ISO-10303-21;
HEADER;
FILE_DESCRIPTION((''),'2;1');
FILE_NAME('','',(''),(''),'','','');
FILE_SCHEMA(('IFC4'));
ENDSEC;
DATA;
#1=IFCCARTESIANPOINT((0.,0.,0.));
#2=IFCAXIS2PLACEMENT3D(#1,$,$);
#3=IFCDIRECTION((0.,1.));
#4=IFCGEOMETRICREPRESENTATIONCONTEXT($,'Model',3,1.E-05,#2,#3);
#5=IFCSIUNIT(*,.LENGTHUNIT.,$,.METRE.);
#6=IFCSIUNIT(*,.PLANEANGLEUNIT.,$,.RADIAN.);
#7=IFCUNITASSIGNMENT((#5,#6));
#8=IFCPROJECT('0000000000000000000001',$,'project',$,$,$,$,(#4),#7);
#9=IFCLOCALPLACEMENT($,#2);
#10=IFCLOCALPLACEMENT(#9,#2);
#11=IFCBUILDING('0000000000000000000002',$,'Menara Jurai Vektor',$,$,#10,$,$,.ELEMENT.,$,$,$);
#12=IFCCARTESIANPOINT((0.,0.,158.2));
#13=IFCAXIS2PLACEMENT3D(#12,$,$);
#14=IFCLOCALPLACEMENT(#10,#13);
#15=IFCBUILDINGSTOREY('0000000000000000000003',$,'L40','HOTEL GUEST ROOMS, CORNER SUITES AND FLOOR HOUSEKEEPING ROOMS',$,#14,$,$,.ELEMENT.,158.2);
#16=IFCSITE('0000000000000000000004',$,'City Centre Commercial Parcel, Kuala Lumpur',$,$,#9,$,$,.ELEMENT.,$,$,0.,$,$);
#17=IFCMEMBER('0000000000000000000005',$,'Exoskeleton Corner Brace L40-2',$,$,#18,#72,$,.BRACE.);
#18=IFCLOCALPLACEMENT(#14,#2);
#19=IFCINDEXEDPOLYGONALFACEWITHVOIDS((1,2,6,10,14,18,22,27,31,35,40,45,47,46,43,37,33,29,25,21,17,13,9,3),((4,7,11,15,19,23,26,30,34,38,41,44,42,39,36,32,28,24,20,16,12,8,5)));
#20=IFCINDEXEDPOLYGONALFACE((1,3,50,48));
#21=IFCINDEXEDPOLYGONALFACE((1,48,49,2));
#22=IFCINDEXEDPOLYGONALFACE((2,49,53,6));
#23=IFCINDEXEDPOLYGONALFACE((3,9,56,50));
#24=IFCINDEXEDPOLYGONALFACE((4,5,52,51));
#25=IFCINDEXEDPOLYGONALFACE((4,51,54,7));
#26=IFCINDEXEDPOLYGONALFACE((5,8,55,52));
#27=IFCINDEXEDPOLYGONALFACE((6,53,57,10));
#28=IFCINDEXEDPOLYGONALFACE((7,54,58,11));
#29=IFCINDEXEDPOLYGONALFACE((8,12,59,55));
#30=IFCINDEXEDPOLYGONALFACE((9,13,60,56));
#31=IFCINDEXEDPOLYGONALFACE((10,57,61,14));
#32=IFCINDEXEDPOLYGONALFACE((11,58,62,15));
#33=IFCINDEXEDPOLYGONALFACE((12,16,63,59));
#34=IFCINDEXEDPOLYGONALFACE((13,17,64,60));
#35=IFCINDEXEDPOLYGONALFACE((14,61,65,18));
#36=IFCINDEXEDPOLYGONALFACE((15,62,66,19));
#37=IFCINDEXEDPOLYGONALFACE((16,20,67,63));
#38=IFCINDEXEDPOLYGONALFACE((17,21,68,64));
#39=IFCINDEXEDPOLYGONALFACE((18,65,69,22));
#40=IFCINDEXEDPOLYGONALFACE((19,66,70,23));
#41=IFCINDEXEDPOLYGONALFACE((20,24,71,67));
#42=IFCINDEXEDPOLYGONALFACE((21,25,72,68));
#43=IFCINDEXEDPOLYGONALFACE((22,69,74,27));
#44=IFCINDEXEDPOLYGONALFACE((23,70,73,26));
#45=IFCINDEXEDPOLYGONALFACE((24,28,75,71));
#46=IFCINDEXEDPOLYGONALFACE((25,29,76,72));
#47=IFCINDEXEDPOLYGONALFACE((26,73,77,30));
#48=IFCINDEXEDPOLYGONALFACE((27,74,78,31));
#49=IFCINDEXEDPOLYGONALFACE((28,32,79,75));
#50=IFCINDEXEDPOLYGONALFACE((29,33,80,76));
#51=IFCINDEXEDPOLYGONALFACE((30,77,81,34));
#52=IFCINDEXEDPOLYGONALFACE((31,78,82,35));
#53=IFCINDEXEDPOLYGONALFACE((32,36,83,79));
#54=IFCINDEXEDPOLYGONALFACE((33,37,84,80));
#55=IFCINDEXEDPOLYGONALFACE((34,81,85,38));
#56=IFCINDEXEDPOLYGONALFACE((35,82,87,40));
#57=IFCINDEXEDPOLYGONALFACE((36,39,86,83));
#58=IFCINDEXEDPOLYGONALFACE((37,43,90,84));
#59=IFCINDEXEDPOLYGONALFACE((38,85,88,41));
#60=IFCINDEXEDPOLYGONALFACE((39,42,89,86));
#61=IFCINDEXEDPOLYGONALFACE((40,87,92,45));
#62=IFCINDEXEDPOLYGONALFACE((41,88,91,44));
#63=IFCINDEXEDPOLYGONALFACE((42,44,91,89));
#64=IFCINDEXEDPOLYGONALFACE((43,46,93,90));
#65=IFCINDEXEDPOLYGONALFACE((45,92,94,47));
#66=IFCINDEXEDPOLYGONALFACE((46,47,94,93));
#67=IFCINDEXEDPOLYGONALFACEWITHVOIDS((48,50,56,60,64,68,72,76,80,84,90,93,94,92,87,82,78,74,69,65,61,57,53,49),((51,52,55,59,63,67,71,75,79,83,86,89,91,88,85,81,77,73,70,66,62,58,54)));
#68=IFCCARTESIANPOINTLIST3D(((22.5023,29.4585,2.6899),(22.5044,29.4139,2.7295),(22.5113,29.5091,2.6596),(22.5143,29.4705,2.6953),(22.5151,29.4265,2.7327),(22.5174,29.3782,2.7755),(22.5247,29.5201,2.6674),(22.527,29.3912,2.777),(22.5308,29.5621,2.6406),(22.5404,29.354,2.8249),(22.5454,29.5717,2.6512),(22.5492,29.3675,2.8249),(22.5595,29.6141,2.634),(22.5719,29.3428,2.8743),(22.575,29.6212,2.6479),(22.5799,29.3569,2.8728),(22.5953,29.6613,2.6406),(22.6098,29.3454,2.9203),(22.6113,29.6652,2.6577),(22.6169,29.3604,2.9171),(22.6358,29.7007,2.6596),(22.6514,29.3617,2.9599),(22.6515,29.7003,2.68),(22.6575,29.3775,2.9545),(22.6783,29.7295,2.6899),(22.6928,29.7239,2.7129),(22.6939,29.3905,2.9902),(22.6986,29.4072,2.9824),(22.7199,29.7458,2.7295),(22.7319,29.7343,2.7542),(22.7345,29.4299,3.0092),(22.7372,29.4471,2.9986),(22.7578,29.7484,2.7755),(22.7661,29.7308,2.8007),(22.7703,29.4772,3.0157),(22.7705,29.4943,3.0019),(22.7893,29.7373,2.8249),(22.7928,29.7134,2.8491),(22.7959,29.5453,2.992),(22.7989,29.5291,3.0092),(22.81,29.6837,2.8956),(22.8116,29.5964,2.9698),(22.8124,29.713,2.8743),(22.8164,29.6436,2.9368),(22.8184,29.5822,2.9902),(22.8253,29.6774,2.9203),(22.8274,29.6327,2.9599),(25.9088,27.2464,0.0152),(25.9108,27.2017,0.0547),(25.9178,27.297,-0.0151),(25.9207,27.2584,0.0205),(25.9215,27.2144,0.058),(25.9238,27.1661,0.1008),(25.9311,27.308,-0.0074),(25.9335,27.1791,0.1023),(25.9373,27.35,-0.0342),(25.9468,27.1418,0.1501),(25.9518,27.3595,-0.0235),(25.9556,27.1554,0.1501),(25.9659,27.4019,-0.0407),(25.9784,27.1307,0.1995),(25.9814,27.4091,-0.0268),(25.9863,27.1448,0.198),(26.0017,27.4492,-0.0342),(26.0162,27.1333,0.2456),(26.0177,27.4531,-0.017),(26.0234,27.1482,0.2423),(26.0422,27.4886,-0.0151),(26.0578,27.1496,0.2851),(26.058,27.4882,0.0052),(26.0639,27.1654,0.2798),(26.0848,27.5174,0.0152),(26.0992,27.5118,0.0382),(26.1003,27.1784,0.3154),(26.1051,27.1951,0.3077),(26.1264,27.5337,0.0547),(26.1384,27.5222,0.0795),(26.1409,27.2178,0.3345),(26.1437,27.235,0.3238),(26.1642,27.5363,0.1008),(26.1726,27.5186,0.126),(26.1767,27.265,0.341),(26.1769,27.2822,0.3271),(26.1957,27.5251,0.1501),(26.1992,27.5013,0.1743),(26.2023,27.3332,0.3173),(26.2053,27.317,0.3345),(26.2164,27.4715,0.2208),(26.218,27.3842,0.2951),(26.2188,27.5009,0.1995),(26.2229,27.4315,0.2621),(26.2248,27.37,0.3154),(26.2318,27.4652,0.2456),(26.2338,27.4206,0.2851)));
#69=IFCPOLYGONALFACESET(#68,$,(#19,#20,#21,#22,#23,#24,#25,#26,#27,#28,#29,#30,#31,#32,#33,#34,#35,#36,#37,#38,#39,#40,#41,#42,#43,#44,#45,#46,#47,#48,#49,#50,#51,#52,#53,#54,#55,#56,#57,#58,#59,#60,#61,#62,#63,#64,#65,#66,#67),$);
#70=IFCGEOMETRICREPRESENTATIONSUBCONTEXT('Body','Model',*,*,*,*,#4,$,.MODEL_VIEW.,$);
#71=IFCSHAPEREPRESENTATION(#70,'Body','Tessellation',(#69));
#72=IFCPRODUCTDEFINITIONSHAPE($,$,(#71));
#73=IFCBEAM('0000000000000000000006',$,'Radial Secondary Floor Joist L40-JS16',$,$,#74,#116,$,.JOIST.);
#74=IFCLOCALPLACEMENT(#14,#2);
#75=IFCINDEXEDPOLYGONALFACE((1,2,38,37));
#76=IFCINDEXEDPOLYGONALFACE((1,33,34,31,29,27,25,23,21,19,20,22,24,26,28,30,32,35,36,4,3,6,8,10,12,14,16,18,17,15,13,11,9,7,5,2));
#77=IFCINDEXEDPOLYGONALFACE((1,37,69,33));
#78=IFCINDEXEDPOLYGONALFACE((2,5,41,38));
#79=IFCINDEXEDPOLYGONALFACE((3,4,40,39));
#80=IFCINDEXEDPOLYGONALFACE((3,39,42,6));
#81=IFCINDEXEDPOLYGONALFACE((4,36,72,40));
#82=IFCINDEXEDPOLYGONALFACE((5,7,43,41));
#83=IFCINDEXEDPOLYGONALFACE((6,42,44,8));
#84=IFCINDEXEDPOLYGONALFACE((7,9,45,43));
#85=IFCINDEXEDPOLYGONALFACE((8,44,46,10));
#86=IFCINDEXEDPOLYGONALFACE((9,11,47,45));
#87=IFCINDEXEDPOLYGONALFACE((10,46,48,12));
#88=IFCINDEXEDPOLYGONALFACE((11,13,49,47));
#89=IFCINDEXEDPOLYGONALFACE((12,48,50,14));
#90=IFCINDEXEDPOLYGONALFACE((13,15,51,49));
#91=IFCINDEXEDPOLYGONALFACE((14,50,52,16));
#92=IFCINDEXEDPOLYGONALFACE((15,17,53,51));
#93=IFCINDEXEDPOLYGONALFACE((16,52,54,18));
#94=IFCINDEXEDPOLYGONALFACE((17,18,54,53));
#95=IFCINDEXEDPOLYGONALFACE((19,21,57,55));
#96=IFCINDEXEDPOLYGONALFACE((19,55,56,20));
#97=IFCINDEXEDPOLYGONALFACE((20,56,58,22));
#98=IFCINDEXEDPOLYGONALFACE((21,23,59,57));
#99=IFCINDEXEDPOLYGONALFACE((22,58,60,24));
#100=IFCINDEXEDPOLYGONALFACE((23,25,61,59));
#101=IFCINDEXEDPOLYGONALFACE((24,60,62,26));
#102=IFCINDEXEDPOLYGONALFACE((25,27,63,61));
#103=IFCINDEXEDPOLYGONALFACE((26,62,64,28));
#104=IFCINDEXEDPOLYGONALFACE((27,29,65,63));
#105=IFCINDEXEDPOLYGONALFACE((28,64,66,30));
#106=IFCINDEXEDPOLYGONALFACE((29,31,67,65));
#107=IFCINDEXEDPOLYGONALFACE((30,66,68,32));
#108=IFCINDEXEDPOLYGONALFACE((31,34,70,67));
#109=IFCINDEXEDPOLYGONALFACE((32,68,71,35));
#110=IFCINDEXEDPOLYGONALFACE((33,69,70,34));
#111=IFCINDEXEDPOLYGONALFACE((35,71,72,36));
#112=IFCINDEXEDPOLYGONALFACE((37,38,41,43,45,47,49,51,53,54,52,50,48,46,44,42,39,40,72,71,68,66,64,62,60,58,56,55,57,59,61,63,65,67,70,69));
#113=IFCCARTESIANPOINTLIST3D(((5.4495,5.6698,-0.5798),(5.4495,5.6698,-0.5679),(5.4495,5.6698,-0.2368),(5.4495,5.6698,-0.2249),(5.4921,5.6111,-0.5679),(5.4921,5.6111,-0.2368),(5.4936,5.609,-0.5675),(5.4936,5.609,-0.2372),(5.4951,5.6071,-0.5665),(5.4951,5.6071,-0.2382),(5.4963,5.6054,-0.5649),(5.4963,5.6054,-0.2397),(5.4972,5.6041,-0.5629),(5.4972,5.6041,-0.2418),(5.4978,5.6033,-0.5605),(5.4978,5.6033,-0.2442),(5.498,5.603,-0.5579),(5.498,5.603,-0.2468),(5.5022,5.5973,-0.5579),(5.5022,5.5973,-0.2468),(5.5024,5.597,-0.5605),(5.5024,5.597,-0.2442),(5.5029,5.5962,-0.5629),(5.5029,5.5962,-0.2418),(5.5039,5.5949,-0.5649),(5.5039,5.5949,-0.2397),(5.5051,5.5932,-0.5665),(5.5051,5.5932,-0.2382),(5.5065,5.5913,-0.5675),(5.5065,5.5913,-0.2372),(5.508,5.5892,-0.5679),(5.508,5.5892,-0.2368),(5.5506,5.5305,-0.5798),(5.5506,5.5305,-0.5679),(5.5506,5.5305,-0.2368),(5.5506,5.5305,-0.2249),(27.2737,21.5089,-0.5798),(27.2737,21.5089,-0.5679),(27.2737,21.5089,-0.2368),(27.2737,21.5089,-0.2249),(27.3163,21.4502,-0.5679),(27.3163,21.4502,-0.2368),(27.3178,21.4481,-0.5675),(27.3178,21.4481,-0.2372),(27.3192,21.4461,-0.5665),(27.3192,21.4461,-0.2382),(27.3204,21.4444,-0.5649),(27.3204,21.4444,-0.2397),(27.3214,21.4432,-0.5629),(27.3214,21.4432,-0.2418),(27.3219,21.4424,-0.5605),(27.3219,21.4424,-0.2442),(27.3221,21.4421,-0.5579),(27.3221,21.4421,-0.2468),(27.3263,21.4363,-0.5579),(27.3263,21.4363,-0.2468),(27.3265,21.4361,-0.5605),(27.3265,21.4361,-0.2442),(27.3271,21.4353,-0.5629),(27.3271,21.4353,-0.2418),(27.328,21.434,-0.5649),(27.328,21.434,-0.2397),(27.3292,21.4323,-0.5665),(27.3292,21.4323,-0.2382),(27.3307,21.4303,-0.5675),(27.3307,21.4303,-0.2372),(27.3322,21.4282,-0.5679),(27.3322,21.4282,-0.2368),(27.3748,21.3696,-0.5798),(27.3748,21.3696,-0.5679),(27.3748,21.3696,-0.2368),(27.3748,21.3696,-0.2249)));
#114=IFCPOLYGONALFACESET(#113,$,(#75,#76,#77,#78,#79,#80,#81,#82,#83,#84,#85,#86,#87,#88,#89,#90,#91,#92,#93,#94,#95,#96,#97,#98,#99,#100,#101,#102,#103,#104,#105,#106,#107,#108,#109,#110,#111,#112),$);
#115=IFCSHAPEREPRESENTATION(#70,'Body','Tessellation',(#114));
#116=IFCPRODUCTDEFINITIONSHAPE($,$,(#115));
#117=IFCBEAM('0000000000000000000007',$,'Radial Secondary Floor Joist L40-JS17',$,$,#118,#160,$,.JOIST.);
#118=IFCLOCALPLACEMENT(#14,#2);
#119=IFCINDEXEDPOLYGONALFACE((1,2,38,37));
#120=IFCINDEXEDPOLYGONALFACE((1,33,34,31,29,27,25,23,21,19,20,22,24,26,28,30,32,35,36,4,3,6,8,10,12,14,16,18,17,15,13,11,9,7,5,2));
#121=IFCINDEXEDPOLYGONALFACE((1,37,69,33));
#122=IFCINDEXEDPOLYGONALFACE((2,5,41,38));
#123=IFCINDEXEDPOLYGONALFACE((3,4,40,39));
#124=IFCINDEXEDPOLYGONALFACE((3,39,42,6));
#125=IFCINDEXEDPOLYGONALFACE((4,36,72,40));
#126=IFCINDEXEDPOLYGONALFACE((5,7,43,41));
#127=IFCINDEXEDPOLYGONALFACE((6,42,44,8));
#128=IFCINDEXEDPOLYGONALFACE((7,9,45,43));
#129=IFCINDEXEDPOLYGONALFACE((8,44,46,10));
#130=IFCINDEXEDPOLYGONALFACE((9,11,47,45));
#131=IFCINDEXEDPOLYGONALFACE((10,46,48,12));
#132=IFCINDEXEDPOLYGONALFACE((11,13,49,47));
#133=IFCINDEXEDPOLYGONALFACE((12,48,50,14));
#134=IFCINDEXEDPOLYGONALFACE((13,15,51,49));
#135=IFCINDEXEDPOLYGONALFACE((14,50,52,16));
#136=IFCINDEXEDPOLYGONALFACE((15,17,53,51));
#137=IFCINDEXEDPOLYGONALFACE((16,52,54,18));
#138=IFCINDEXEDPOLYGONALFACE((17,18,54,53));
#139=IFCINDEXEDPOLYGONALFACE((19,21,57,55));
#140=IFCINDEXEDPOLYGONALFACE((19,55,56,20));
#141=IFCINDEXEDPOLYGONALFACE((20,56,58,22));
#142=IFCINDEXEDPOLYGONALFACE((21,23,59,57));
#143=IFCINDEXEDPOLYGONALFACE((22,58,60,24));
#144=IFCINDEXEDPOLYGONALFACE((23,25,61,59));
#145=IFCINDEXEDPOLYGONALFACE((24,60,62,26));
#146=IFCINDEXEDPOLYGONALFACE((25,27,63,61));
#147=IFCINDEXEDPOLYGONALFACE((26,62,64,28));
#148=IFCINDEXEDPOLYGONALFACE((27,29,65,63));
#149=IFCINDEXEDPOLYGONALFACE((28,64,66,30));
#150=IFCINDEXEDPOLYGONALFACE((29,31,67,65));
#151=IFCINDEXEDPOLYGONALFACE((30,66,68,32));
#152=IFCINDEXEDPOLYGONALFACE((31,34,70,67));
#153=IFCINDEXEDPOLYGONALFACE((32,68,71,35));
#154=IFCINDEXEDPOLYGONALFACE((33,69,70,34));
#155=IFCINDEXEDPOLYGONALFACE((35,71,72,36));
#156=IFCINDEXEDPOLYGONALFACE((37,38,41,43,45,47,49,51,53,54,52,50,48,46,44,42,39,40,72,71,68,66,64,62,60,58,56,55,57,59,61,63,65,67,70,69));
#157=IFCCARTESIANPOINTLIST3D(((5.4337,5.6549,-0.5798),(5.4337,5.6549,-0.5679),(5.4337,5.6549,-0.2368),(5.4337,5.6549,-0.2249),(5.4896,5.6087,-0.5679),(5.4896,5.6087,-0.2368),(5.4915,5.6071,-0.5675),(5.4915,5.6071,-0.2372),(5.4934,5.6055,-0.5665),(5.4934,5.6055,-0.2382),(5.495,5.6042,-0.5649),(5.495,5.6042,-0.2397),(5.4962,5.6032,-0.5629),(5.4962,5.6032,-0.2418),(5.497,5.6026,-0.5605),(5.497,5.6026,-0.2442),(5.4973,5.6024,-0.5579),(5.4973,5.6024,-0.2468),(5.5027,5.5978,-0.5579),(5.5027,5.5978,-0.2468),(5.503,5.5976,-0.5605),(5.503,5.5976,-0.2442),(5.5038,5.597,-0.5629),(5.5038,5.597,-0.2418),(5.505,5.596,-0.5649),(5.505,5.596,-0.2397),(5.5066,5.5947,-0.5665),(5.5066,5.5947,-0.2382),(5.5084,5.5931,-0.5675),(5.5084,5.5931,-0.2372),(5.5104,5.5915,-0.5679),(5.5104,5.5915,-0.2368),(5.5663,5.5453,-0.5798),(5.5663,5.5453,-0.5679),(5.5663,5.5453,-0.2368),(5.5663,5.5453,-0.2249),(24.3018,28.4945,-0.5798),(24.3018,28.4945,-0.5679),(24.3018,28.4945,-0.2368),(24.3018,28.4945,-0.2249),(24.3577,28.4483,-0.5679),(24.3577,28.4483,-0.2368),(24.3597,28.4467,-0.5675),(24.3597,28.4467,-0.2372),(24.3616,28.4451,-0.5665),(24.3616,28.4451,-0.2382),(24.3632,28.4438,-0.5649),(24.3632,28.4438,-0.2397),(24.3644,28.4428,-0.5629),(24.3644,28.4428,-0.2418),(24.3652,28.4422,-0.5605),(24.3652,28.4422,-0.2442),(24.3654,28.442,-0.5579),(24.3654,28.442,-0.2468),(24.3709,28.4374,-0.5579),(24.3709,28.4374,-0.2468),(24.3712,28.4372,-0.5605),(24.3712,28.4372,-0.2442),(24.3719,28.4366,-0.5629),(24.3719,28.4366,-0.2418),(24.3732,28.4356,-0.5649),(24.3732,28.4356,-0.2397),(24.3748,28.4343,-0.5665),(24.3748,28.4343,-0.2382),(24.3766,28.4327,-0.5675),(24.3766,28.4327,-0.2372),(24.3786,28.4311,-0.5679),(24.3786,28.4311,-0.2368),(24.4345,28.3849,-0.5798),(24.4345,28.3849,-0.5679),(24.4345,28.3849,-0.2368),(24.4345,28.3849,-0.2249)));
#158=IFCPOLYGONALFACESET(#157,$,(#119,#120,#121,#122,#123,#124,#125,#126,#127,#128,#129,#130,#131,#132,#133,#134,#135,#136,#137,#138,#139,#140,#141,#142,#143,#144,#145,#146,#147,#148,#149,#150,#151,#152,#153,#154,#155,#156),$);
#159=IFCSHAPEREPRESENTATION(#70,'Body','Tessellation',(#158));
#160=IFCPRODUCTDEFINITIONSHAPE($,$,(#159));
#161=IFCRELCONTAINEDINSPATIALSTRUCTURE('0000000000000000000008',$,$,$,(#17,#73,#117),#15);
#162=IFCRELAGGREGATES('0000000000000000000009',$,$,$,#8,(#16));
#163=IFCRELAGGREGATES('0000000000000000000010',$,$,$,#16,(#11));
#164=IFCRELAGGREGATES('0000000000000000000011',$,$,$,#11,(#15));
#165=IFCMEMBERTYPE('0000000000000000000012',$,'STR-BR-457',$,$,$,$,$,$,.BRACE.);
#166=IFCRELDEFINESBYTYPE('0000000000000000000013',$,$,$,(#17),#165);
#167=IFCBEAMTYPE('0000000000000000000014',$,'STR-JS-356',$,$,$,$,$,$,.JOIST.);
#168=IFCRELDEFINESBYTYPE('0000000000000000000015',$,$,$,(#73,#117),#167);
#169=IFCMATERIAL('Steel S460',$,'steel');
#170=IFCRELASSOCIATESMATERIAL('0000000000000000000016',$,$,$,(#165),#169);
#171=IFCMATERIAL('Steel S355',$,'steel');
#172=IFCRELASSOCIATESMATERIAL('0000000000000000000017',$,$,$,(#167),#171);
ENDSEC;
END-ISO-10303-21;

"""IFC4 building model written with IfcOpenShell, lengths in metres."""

from ifc_helpers import new_model, si_unit, direction, frame, origin, origin_2d, place, context, subcontext, project, spatial, hollow_circle, i_section, extrude, material, material_profile, profile_set, type_object, element, save


model = new_model("IFC4")

# Units and contexts
model_context = context("Model", 3, precision=1e-05, world=origin(), true_north=direction((0.0, 1.0)))
body_context = subcontext(model_context, "Body", "Model", "MODEL_VIEW")
ifc_project = project(units=[si_unit("LENGTHUNIT", "METRE"), si_unit("PLANEANGLEUNIT", "RADIAN")], contexts=[model_context])

# Site, building, storey
site_placement = place(None, origin())
site = spatial("IfcSite", under=ifc_project, at=site_placement, Name="City Centre Commercial Parcel, Kuala Lumpur", CompositionType="ELEMENT", RefElevation=0.0)
building_placement = place(site_placement, origin())
building = spatial("IfcBuilding", under=site, at=building_placement, Name="Menara Jurai Vektor", CompositionType="ELEMENT")
storey_placement = place(building_placement, frame((0.0, 0.0, 158.2)))
storey = spatial("IfcBuildingStorey", under=building, at=storey_placement, Name="L40", Description="HOTEL GUEST ROOMS, CORNER SUITES AND FLOOR HOUSEKEEPING ROOMS", CompositionType="ELEMENT", Elevation=158.2)

# Shared definitions
ifc_material_1 = material(Name="Steel S460", Category="steel")

# Shared definitions
ifc_material_2 = material(Name="Steel S355", Category="steel")

# Member
ifc_material_profile_1 = material_profile(ifc_material_1, hollow_circle(Radius=0.2285, WallThickness=0.0161, at=origin_2d()), Name="CHS 457x16")
ifc_profile_set_1 = profile_set([ifc_material_profile_1], Name="Steel S460")
member_type_1 = type_object("IfcMemberType", Name="STR-BR-457", PredefinedType="BRACE", material=ifc_profile_set_1)
member_1_placement = place(storey_placement, frame((26.0713, 27.3335, 0.1501), z_axis=(-0.700438, 0.454861, 0.549989), x_axis=(-0.544631, -0.838676, 0.0)))
element("IfcMember", 1, at=member_1_placement, inside=storey, type_object=member_type_1, Name="Exoskeleton Corner Brace L40-2", PredefinedType="BRACE", context=body_context, shape_type="SweptSolid", body=[
    extrude(hollow_circle(Radius=0.2285, WallThickness=0.0161, at=origin_2d()), origin(), (0.0, 0.0, 1.0), 4.8633),
])

# Beams
ifc_material_profile_2 = material_profile(ifc_material_2, i_section(OverallWidth=0.1721, OverallDepth=0.355, WebThickness=0.0071, FlangeThickness=0.012, FilletRadius=0.01, at=origin_2d()), Name="UKB 356x171x51")
ifc_profile_set_2 = profile_set([ifc_material_profile_2], Name="Steel S355")
beam_type_1 = type_object("IfcBeamType", Name="STR-JS-356", PredefinedType="JOIST", material=ifc_profile_set_2)
beam_1_placement = place(storey_placement, frame((27.3242, 21.4392, -0.4023), z_axis=(-0.809319, -0.58737, 0.0), x_axis=(0.58737, -0.809319, 0.0)))
element("IfcBeam", 2, at=beam_1_placement, inside=storey, type_object=beam_type_1, Name="Radial Secondary Floor Joist L40-JS16", PredefinedType="JOIST", context=body_context, shape_type="SweptSolid", body=[
    extrude(i_section(OverallWidth=0.1721, OverallDepth=0.355, WebThickness=0.0071, FlangeThickness=0.012, FilletRadius=0.01, at=origin_2d()), origin(), (0.0, 0.0, 1.0), 26.9661),
])
beam_2_placement = place(storey_placement, frame((24.3682, 28.4397, -0.4023), z_axis=(-0.636895, -0.770951, 0.0), x_axis=(0.770951, -0.636895, 0.0)))
element("IfcBeam", 3, at=beam_2_placement, inside=storey, type_object=beam_type_1, Name="Radial Secondary Floor Joist L40-JS17", PredefinedType="JOIST", context=body_context, shape_type="SweptSolid", body=[
    extrude(i_section(OverallWidth=0.1721, OverallDepth=0.355, WebThickness=0.0071, FlangeThickness=0.012, FilletRadius=0.01, at=origin_2d()), origin(), (0.0, 0.0, 1.0), 29.6252),
])

save(model, "model.ifc")
